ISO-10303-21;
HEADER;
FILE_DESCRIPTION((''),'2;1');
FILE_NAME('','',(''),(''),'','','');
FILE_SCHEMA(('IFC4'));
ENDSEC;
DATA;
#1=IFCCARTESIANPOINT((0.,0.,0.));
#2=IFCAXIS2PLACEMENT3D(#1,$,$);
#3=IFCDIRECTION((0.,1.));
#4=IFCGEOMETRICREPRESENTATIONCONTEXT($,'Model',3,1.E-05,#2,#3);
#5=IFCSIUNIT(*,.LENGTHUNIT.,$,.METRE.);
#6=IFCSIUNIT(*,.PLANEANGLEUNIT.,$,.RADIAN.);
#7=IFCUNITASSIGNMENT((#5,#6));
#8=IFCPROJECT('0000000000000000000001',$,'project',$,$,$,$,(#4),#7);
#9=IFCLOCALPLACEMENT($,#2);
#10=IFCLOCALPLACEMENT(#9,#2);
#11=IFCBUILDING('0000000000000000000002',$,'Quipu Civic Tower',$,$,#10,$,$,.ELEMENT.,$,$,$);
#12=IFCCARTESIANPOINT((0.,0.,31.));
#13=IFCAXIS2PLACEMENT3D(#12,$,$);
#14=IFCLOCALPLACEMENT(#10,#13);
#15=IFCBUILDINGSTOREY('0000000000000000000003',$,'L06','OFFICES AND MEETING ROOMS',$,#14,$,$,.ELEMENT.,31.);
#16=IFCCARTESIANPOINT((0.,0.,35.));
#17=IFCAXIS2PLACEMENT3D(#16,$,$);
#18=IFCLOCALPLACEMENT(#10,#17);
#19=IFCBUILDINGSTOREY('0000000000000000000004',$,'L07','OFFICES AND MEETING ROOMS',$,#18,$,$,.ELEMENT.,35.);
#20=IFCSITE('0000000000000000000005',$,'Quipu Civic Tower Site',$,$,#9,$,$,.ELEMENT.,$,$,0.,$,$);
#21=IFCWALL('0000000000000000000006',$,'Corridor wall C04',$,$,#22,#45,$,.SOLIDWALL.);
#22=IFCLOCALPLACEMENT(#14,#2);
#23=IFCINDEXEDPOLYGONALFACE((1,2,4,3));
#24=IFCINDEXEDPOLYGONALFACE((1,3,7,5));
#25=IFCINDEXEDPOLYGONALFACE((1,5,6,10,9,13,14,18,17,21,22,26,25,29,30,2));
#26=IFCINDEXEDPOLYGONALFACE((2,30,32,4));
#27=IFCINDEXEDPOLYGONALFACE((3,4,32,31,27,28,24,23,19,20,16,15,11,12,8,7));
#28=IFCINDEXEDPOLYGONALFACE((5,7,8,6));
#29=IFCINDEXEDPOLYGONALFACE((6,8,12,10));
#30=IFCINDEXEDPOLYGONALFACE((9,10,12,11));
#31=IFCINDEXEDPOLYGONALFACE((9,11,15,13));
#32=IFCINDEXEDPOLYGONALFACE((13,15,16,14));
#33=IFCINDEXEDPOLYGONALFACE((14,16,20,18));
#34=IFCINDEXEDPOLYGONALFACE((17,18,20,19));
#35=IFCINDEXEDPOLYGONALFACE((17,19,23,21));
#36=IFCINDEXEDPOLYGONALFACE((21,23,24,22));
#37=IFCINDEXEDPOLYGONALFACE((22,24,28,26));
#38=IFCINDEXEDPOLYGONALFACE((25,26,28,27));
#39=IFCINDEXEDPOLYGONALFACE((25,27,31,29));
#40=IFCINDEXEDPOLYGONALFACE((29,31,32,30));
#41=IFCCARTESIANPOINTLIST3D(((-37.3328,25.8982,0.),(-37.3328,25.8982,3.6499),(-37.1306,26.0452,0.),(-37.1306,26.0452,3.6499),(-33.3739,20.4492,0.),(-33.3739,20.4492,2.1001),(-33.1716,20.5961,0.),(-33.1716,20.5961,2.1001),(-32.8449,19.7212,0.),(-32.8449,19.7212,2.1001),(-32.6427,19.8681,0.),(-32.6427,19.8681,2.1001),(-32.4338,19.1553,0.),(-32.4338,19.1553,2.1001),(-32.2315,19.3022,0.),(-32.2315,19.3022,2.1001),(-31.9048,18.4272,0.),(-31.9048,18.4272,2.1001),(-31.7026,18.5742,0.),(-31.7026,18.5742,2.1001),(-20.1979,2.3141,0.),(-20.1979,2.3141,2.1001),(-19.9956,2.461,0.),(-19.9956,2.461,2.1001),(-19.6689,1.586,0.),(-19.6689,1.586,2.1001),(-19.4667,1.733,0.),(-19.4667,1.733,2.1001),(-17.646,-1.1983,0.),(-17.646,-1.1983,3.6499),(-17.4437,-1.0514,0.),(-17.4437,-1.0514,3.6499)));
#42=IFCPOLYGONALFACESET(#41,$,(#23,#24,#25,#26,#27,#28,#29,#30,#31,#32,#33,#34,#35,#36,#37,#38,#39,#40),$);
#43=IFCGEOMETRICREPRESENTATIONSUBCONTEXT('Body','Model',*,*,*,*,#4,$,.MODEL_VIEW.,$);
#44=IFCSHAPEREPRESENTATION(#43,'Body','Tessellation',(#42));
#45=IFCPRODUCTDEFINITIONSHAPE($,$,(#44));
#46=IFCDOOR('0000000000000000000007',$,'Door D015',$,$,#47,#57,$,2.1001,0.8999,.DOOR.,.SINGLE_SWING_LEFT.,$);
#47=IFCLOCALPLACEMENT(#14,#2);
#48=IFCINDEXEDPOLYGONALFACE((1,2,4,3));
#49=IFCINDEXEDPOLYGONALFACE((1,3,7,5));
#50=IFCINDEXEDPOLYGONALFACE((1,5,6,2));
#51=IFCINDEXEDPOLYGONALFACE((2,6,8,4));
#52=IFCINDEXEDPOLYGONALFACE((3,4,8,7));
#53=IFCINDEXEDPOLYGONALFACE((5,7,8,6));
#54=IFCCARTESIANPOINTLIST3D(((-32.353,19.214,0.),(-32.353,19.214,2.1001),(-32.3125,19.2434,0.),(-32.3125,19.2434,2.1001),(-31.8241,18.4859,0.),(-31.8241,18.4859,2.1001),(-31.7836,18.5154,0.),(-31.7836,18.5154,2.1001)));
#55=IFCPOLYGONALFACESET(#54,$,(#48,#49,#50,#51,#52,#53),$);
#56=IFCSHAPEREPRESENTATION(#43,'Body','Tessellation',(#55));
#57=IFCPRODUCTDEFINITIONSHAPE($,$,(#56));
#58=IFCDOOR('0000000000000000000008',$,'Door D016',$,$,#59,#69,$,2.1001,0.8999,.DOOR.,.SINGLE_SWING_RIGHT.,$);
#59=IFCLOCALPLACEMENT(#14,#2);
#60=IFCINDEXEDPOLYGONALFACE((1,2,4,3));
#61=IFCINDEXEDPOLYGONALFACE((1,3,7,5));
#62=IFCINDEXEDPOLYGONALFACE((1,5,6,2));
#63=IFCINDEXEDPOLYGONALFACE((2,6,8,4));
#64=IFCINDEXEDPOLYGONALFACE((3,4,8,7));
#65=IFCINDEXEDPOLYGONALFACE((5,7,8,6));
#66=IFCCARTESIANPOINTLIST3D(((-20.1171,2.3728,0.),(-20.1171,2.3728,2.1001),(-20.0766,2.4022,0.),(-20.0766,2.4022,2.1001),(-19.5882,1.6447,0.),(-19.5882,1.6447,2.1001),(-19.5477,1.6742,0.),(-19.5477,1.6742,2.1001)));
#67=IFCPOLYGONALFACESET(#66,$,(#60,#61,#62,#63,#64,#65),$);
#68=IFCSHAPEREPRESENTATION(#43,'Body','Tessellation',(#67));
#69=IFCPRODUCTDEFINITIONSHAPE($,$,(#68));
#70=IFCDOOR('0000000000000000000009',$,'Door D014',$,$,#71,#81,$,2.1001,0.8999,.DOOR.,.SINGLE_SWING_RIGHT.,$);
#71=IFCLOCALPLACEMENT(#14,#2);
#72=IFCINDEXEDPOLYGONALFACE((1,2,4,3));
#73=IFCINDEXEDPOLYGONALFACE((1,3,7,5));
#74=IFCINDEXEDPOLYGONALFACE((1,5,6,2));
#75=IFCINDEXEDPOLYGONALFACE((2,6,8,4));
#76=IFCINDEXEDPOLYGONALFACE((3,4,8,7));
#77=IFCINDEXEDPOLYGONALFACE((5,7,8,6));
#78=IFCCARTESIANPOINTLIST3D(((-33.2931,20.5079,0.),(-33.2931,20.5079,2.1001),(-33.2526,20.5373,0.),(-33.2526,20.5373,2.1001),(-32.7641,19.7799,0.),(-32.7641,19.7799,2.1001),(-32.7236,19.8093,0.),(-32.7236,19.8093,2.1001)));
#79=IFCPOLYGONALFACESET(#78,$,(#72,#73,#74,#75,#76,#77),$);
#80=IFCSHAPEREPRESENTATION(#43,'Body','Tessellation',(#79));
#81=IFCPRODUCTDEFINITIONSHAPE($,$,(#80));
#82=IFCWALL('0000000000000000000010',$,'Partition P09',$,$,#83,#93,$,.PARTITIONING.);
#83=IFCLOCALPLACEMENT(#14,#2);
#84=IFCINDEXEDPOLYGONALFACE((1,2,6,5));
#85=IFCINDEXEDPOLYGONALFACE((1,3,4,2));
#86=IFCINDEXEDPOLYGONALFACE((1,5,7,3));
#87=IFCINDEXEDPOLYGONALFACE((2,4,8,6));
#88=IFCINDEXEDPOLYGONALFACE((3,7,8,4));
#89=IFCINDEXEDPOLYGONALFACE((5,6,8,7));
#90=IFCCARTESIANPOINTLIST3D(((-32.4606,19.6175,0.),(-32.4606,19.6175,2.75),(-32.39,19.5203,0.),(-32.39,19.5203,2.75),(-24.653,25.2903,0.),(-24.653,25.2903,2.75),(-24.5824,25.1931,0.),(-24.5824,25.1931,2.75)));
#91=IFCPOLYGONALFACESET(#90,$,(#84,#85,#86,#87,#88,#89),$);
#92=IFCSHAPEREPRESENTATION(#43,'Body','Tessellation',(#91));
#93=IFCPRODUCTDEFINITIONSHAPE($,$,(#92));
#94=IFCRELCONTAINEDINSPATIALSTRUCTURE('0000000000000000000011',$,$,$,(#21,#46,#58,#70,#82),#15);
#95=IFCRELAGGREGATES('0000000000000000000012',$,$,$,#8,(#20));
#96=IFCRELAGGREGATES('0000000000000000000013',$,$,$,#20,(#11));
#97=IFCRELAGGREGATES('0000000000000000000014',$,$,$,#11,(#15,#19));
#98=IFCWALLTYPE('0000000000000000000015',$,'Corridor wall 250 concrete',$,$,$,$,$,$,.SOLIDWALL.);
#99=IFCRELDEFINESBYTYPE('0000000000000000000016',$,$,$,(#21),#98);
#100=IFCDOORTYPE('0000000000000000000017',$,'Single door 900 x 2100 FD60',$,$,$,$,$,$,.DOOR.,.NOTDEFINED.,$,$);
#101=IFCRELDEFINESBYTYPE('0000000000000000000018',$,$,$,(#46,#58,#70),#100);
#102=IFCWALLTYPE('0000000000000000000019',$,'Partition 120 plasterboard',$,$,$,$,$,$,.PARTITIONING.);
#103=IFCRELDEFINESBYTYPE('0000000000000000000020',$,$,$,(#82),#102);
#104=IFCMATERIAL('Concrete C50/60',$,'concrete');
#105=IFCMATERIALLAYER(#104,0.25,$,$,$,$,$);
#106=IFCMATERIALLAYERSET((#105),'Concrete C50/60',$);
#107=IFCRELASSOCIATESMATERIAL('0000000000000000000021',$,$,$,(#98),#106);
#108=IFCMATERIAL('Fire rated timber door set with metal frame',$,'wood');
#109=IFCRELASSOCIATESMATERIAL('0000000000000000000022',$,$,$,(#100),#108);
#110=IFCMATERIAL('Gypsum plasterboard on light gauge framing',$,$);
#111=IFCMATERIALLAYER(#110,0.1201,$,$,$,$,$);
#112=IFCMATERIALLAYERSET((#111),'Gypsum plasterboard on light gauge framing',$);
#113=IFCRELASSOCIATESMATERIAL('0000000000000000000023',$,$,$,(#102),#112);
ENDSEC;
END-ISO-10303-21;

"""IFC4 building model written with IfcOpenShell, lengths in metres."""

from ifc_helpers import new_model, si_unit, direction, frame, frame_2d, origin, place, context, subcontext, project, spatial, rectangle, extrude, material, layer, layer_set, type_object, element, fill, save


model = new_model("IFC4")

# Units and contexts
model_context = context("Model", 3, precision=1e-05, world=origin(), true_north=direction((0.0, 1.0)))
body_context = subcontext(model_context, "Body", "Model", "MODEL_VIEW")
ifc_project = project(units=[si_unit("LENGTHUNIT", "METRE"), si_unit("PLANEANGLEUNIT", "RADIAN")], contexts=[model_context])

# Site, building, storey
site_placement = place(None, origin())
site = spatial("IfcSite", under=ifc_project, at=site_placement, Name="Quipu Civic Tower Site", CompositionType="ELEMENT", RefElevation=0.0)
building_placement = place(site_placement, origin())
building = spatial("IfcBuilding", under=site, at=building_placement, Name="Quipu Civic Tower", CompositionType="ELEMENT")
storey_1_placement = place(building_placement, frame((0.0, 0.0, 31.0)))
storey_1 = spatial("IfcBuildingStorey", under=building, at=storey_1_placement, Name="L06", Description="OFFICES AND MEETING ROOMS", CompositionType="ELEMENT", Elevation=31.0)

# Shared definitions
storey_2_placement = place(building_placement, frame((0.0, 0.0, 35.0)))
storey_2 = spatial("IfcBuildingStorey", under=building, at=storey_2_placement, Name="L07", Description="OFFICES AND MEETING ROOMS", CompositionType="ELEMENT", Elevation=35.0)

# Wall, openings, doors
ifc_material_1 = material(Name="Concrete C50/60", Category="concrete")
ifc_layer_1 = layer(ifc_material_1, 0.25)
ifc_layer_set_1 = layer_set([ifc_layer_1], Name="Concrete C50/60")
wall_type_1 = type_object("IfcWallType", Name="Corridor wall 250 concrete", PredefinedType="SOLIDWALL", material=ifc_layer_set_1)
wall_1_placement = place(storey_1_placement, frame((-37.2317, 25.9717, 0.0), z_axis=(0.0, 0.0, 1.0), x_axis=(0.587786, -0.809016, 0.0)))
wall_1 = element("IfcWall", 1, at=wall_1_placement, inside=storey_1, type_object=wall_type_1, Name="Corridor wall C04", PredefinedType="SOLIDWALL", context=body_context, shape_type="SweptSolid", body=[
    extrude(rectangle(XDim=33.4932, YDim=0.25, at=frame_2d((16.7466, 0.0))), origin(), (0.0, 0.0, 1.0), 3.6499),
])
opening_1_placement = place(wall_1_placement, frame((8.3347, 0.0, 0.0)))
opening_1 = element("IfcOpeningElement", 2, at=opening_1_placement, cuts=wall_1, PredefinedType="OPENING", context=body_context, shape_type="SweptSolid", body=[
    extrude(rectangle(XDim=0.8999, YDim=2.1001, at=frame_2d((0.45, 1.05))), frame((0.0, 0.135, 0.0), z_axis=(0.0, -1.0, 0.0), x_axis=(1.0, 0.0, 0.0)), (0.0, 0.0, 1.0), 0.27),
])
opening_2_placement = place(wall_1_placement, frame((29.1516, 0.0, 0.0)))
opening_2 = element("IfcOpeningElement", 3, at=opening_2_placement, cuts=wall_1, PredefinedType="OPENING", context=body_context, shape_type="SweptSolid", body=[
    extrude(rectangle(XDim=0.8999, YDim=2.1001, at=frame_2d((0.45, 1.05))), frame((0.0, 0.135, 0.0), z_axis=(0.0, -1.0, 0.0), x_axis=(1.0, 0.0, 0.0)), (0.0, 0.0, 1.0), 0.27),
])
opening_3_placement = place(wall_1_placement, frame((6.7354, 0.0, 0.0)))
opening_3 = element("IfcOpeningElement", 4, at=opening_3_placement, cuts=wall_1, PredefinedType="OPENING", context=body_context, shape_type="SweptSolid", body=[
    extrude(rectangle(XDim=0.8999, YDim=2.1001, at=frame_2d((0.45, 1.05))), frame((0.0, 0.135, 0.0), z_axis=(0.0, -1.0, 0.0), x_axis=(1.0, 0.0, 0.0)), (0.0, 0.0, 1.0), 0.27),
])
ifc_material_2 = material(Name="Fire rated timber door set with metal frame", Category="wood")
door_type_1 = type_object("IfcDoorType", Name="Single door 900 x 2100 FD60", OperationType="NOTDEFINED", PredefinedType="DOOR", material=ifc_material_2)
door_1_placement = place(opening_1_placement, origin())
door_1 = element("IfcDoor", 5, at=door_1_placement, inside=storey_1, type_object=door_type_1, Name="Door D015", OperationType="SINGLE_SWING_LEFT", OverallHeight=2.1001, OverallWidth=0.8999, PredefinedType="DOOR", context=body_context, shape_type="SweptSolid", body=[
    extrude(rectangle(XDim=0.8999, YDim=2.1001, at=frame_2d((0.45, 1.05))), frame((0.0, 0.0249, 0.0), z_axis=(0.0, -1.0, 0.0), x_axis=(1.0, 0.0, 0.0)), (0.0, 0.0, 1.0), 0.05),
])
fill(opening_1, door_1)
door_2_placement = place(opening_2_placement, origin())
door_2 = element("IfcDoor", 6, at=door_2_placement, inside=storey_1, type_object=door_type_1, Name="Door D016", OperationType="SINGLE_SWING_RIGHT", OverallHeight=2.1001, OverallWidth=0.8999, PredefinedType="DOOR", context=body_context, shape_type="SweptSolid", body=[
    extrude(rectangle(XDim=0.8999, YDim=2.1001, at=frame_2d((0.45, 1.05))), frame((0.0, 0.0249, 0.0), z_axis=(0.0, -1.0, 0.0), x_axis=(1.0, 0.0, 0.0)), (0.0, 0.0, 1.0), 0.05),
])
fill(opening_2, door_2)
door_3_placement = place(opening_3_placement, origin())
door_3 = element("IfcDoor", 7, at=door_3_placement, inside=storey_1, type_object=door_type_1, Name="Door D014", OperationType="SINGLE_SWING_RIGHT", OverallHeight=2.1001, OverallWidth=0.8999, PredefinedType="DOOR", context=body_context, shape_type="SweptSolid", body=[
    extrude(rectangle(XDim=0.8999, YDim=2.1001, at=frame_2d((0.45, 1.05))), frame((0.0, 0.0249, 0.0), z_axis=(0.0, -1.0, 0.0), x_axis=(1.0, 0.0, 0.0)), (0.0, 0.0, 1.0), 0.05),
])
fill(opening_3, door_3)

# Wall
ifc_material_3 = material(Name="Gypsum plasterboard on light gauge framing")
ifc_layer_2 = layer(ifc_material_3, 0.1201)
ifc_layer_set_2 = layer_set([ifc_layer_2], Name="Gypsum plasterboard on light gauge framing")
wall_type_2 = type_object("IfcWallType", Name="Partition 120 plasterboard", PredefinedType="PARTITIONING", material=ifc_layer_set_2)
wall_2_placement = place(storey_1_placement, frame((-24.6177, 25.2417, 0.0), z_axis=(0.0, 0.0, 1.0), x_axis=(-0.809003, -0.587805, 0.0)))
element("IfcWall", 8, at=wall_2_placement, inside=storey_1, type_object=wall_type_2, Name="Partition P09", PredefinedType="PARTITIONING", context=body_context, shape_type="SweptSolid", body=[
    extrude(rectangle(XDim=9.6509, YDim=0.1201, at=frame_2d((4.8254, 0.0))), origin(), (0.0, 0.0, 1.0), 2.75),
])

save(model, "model.ifc")
